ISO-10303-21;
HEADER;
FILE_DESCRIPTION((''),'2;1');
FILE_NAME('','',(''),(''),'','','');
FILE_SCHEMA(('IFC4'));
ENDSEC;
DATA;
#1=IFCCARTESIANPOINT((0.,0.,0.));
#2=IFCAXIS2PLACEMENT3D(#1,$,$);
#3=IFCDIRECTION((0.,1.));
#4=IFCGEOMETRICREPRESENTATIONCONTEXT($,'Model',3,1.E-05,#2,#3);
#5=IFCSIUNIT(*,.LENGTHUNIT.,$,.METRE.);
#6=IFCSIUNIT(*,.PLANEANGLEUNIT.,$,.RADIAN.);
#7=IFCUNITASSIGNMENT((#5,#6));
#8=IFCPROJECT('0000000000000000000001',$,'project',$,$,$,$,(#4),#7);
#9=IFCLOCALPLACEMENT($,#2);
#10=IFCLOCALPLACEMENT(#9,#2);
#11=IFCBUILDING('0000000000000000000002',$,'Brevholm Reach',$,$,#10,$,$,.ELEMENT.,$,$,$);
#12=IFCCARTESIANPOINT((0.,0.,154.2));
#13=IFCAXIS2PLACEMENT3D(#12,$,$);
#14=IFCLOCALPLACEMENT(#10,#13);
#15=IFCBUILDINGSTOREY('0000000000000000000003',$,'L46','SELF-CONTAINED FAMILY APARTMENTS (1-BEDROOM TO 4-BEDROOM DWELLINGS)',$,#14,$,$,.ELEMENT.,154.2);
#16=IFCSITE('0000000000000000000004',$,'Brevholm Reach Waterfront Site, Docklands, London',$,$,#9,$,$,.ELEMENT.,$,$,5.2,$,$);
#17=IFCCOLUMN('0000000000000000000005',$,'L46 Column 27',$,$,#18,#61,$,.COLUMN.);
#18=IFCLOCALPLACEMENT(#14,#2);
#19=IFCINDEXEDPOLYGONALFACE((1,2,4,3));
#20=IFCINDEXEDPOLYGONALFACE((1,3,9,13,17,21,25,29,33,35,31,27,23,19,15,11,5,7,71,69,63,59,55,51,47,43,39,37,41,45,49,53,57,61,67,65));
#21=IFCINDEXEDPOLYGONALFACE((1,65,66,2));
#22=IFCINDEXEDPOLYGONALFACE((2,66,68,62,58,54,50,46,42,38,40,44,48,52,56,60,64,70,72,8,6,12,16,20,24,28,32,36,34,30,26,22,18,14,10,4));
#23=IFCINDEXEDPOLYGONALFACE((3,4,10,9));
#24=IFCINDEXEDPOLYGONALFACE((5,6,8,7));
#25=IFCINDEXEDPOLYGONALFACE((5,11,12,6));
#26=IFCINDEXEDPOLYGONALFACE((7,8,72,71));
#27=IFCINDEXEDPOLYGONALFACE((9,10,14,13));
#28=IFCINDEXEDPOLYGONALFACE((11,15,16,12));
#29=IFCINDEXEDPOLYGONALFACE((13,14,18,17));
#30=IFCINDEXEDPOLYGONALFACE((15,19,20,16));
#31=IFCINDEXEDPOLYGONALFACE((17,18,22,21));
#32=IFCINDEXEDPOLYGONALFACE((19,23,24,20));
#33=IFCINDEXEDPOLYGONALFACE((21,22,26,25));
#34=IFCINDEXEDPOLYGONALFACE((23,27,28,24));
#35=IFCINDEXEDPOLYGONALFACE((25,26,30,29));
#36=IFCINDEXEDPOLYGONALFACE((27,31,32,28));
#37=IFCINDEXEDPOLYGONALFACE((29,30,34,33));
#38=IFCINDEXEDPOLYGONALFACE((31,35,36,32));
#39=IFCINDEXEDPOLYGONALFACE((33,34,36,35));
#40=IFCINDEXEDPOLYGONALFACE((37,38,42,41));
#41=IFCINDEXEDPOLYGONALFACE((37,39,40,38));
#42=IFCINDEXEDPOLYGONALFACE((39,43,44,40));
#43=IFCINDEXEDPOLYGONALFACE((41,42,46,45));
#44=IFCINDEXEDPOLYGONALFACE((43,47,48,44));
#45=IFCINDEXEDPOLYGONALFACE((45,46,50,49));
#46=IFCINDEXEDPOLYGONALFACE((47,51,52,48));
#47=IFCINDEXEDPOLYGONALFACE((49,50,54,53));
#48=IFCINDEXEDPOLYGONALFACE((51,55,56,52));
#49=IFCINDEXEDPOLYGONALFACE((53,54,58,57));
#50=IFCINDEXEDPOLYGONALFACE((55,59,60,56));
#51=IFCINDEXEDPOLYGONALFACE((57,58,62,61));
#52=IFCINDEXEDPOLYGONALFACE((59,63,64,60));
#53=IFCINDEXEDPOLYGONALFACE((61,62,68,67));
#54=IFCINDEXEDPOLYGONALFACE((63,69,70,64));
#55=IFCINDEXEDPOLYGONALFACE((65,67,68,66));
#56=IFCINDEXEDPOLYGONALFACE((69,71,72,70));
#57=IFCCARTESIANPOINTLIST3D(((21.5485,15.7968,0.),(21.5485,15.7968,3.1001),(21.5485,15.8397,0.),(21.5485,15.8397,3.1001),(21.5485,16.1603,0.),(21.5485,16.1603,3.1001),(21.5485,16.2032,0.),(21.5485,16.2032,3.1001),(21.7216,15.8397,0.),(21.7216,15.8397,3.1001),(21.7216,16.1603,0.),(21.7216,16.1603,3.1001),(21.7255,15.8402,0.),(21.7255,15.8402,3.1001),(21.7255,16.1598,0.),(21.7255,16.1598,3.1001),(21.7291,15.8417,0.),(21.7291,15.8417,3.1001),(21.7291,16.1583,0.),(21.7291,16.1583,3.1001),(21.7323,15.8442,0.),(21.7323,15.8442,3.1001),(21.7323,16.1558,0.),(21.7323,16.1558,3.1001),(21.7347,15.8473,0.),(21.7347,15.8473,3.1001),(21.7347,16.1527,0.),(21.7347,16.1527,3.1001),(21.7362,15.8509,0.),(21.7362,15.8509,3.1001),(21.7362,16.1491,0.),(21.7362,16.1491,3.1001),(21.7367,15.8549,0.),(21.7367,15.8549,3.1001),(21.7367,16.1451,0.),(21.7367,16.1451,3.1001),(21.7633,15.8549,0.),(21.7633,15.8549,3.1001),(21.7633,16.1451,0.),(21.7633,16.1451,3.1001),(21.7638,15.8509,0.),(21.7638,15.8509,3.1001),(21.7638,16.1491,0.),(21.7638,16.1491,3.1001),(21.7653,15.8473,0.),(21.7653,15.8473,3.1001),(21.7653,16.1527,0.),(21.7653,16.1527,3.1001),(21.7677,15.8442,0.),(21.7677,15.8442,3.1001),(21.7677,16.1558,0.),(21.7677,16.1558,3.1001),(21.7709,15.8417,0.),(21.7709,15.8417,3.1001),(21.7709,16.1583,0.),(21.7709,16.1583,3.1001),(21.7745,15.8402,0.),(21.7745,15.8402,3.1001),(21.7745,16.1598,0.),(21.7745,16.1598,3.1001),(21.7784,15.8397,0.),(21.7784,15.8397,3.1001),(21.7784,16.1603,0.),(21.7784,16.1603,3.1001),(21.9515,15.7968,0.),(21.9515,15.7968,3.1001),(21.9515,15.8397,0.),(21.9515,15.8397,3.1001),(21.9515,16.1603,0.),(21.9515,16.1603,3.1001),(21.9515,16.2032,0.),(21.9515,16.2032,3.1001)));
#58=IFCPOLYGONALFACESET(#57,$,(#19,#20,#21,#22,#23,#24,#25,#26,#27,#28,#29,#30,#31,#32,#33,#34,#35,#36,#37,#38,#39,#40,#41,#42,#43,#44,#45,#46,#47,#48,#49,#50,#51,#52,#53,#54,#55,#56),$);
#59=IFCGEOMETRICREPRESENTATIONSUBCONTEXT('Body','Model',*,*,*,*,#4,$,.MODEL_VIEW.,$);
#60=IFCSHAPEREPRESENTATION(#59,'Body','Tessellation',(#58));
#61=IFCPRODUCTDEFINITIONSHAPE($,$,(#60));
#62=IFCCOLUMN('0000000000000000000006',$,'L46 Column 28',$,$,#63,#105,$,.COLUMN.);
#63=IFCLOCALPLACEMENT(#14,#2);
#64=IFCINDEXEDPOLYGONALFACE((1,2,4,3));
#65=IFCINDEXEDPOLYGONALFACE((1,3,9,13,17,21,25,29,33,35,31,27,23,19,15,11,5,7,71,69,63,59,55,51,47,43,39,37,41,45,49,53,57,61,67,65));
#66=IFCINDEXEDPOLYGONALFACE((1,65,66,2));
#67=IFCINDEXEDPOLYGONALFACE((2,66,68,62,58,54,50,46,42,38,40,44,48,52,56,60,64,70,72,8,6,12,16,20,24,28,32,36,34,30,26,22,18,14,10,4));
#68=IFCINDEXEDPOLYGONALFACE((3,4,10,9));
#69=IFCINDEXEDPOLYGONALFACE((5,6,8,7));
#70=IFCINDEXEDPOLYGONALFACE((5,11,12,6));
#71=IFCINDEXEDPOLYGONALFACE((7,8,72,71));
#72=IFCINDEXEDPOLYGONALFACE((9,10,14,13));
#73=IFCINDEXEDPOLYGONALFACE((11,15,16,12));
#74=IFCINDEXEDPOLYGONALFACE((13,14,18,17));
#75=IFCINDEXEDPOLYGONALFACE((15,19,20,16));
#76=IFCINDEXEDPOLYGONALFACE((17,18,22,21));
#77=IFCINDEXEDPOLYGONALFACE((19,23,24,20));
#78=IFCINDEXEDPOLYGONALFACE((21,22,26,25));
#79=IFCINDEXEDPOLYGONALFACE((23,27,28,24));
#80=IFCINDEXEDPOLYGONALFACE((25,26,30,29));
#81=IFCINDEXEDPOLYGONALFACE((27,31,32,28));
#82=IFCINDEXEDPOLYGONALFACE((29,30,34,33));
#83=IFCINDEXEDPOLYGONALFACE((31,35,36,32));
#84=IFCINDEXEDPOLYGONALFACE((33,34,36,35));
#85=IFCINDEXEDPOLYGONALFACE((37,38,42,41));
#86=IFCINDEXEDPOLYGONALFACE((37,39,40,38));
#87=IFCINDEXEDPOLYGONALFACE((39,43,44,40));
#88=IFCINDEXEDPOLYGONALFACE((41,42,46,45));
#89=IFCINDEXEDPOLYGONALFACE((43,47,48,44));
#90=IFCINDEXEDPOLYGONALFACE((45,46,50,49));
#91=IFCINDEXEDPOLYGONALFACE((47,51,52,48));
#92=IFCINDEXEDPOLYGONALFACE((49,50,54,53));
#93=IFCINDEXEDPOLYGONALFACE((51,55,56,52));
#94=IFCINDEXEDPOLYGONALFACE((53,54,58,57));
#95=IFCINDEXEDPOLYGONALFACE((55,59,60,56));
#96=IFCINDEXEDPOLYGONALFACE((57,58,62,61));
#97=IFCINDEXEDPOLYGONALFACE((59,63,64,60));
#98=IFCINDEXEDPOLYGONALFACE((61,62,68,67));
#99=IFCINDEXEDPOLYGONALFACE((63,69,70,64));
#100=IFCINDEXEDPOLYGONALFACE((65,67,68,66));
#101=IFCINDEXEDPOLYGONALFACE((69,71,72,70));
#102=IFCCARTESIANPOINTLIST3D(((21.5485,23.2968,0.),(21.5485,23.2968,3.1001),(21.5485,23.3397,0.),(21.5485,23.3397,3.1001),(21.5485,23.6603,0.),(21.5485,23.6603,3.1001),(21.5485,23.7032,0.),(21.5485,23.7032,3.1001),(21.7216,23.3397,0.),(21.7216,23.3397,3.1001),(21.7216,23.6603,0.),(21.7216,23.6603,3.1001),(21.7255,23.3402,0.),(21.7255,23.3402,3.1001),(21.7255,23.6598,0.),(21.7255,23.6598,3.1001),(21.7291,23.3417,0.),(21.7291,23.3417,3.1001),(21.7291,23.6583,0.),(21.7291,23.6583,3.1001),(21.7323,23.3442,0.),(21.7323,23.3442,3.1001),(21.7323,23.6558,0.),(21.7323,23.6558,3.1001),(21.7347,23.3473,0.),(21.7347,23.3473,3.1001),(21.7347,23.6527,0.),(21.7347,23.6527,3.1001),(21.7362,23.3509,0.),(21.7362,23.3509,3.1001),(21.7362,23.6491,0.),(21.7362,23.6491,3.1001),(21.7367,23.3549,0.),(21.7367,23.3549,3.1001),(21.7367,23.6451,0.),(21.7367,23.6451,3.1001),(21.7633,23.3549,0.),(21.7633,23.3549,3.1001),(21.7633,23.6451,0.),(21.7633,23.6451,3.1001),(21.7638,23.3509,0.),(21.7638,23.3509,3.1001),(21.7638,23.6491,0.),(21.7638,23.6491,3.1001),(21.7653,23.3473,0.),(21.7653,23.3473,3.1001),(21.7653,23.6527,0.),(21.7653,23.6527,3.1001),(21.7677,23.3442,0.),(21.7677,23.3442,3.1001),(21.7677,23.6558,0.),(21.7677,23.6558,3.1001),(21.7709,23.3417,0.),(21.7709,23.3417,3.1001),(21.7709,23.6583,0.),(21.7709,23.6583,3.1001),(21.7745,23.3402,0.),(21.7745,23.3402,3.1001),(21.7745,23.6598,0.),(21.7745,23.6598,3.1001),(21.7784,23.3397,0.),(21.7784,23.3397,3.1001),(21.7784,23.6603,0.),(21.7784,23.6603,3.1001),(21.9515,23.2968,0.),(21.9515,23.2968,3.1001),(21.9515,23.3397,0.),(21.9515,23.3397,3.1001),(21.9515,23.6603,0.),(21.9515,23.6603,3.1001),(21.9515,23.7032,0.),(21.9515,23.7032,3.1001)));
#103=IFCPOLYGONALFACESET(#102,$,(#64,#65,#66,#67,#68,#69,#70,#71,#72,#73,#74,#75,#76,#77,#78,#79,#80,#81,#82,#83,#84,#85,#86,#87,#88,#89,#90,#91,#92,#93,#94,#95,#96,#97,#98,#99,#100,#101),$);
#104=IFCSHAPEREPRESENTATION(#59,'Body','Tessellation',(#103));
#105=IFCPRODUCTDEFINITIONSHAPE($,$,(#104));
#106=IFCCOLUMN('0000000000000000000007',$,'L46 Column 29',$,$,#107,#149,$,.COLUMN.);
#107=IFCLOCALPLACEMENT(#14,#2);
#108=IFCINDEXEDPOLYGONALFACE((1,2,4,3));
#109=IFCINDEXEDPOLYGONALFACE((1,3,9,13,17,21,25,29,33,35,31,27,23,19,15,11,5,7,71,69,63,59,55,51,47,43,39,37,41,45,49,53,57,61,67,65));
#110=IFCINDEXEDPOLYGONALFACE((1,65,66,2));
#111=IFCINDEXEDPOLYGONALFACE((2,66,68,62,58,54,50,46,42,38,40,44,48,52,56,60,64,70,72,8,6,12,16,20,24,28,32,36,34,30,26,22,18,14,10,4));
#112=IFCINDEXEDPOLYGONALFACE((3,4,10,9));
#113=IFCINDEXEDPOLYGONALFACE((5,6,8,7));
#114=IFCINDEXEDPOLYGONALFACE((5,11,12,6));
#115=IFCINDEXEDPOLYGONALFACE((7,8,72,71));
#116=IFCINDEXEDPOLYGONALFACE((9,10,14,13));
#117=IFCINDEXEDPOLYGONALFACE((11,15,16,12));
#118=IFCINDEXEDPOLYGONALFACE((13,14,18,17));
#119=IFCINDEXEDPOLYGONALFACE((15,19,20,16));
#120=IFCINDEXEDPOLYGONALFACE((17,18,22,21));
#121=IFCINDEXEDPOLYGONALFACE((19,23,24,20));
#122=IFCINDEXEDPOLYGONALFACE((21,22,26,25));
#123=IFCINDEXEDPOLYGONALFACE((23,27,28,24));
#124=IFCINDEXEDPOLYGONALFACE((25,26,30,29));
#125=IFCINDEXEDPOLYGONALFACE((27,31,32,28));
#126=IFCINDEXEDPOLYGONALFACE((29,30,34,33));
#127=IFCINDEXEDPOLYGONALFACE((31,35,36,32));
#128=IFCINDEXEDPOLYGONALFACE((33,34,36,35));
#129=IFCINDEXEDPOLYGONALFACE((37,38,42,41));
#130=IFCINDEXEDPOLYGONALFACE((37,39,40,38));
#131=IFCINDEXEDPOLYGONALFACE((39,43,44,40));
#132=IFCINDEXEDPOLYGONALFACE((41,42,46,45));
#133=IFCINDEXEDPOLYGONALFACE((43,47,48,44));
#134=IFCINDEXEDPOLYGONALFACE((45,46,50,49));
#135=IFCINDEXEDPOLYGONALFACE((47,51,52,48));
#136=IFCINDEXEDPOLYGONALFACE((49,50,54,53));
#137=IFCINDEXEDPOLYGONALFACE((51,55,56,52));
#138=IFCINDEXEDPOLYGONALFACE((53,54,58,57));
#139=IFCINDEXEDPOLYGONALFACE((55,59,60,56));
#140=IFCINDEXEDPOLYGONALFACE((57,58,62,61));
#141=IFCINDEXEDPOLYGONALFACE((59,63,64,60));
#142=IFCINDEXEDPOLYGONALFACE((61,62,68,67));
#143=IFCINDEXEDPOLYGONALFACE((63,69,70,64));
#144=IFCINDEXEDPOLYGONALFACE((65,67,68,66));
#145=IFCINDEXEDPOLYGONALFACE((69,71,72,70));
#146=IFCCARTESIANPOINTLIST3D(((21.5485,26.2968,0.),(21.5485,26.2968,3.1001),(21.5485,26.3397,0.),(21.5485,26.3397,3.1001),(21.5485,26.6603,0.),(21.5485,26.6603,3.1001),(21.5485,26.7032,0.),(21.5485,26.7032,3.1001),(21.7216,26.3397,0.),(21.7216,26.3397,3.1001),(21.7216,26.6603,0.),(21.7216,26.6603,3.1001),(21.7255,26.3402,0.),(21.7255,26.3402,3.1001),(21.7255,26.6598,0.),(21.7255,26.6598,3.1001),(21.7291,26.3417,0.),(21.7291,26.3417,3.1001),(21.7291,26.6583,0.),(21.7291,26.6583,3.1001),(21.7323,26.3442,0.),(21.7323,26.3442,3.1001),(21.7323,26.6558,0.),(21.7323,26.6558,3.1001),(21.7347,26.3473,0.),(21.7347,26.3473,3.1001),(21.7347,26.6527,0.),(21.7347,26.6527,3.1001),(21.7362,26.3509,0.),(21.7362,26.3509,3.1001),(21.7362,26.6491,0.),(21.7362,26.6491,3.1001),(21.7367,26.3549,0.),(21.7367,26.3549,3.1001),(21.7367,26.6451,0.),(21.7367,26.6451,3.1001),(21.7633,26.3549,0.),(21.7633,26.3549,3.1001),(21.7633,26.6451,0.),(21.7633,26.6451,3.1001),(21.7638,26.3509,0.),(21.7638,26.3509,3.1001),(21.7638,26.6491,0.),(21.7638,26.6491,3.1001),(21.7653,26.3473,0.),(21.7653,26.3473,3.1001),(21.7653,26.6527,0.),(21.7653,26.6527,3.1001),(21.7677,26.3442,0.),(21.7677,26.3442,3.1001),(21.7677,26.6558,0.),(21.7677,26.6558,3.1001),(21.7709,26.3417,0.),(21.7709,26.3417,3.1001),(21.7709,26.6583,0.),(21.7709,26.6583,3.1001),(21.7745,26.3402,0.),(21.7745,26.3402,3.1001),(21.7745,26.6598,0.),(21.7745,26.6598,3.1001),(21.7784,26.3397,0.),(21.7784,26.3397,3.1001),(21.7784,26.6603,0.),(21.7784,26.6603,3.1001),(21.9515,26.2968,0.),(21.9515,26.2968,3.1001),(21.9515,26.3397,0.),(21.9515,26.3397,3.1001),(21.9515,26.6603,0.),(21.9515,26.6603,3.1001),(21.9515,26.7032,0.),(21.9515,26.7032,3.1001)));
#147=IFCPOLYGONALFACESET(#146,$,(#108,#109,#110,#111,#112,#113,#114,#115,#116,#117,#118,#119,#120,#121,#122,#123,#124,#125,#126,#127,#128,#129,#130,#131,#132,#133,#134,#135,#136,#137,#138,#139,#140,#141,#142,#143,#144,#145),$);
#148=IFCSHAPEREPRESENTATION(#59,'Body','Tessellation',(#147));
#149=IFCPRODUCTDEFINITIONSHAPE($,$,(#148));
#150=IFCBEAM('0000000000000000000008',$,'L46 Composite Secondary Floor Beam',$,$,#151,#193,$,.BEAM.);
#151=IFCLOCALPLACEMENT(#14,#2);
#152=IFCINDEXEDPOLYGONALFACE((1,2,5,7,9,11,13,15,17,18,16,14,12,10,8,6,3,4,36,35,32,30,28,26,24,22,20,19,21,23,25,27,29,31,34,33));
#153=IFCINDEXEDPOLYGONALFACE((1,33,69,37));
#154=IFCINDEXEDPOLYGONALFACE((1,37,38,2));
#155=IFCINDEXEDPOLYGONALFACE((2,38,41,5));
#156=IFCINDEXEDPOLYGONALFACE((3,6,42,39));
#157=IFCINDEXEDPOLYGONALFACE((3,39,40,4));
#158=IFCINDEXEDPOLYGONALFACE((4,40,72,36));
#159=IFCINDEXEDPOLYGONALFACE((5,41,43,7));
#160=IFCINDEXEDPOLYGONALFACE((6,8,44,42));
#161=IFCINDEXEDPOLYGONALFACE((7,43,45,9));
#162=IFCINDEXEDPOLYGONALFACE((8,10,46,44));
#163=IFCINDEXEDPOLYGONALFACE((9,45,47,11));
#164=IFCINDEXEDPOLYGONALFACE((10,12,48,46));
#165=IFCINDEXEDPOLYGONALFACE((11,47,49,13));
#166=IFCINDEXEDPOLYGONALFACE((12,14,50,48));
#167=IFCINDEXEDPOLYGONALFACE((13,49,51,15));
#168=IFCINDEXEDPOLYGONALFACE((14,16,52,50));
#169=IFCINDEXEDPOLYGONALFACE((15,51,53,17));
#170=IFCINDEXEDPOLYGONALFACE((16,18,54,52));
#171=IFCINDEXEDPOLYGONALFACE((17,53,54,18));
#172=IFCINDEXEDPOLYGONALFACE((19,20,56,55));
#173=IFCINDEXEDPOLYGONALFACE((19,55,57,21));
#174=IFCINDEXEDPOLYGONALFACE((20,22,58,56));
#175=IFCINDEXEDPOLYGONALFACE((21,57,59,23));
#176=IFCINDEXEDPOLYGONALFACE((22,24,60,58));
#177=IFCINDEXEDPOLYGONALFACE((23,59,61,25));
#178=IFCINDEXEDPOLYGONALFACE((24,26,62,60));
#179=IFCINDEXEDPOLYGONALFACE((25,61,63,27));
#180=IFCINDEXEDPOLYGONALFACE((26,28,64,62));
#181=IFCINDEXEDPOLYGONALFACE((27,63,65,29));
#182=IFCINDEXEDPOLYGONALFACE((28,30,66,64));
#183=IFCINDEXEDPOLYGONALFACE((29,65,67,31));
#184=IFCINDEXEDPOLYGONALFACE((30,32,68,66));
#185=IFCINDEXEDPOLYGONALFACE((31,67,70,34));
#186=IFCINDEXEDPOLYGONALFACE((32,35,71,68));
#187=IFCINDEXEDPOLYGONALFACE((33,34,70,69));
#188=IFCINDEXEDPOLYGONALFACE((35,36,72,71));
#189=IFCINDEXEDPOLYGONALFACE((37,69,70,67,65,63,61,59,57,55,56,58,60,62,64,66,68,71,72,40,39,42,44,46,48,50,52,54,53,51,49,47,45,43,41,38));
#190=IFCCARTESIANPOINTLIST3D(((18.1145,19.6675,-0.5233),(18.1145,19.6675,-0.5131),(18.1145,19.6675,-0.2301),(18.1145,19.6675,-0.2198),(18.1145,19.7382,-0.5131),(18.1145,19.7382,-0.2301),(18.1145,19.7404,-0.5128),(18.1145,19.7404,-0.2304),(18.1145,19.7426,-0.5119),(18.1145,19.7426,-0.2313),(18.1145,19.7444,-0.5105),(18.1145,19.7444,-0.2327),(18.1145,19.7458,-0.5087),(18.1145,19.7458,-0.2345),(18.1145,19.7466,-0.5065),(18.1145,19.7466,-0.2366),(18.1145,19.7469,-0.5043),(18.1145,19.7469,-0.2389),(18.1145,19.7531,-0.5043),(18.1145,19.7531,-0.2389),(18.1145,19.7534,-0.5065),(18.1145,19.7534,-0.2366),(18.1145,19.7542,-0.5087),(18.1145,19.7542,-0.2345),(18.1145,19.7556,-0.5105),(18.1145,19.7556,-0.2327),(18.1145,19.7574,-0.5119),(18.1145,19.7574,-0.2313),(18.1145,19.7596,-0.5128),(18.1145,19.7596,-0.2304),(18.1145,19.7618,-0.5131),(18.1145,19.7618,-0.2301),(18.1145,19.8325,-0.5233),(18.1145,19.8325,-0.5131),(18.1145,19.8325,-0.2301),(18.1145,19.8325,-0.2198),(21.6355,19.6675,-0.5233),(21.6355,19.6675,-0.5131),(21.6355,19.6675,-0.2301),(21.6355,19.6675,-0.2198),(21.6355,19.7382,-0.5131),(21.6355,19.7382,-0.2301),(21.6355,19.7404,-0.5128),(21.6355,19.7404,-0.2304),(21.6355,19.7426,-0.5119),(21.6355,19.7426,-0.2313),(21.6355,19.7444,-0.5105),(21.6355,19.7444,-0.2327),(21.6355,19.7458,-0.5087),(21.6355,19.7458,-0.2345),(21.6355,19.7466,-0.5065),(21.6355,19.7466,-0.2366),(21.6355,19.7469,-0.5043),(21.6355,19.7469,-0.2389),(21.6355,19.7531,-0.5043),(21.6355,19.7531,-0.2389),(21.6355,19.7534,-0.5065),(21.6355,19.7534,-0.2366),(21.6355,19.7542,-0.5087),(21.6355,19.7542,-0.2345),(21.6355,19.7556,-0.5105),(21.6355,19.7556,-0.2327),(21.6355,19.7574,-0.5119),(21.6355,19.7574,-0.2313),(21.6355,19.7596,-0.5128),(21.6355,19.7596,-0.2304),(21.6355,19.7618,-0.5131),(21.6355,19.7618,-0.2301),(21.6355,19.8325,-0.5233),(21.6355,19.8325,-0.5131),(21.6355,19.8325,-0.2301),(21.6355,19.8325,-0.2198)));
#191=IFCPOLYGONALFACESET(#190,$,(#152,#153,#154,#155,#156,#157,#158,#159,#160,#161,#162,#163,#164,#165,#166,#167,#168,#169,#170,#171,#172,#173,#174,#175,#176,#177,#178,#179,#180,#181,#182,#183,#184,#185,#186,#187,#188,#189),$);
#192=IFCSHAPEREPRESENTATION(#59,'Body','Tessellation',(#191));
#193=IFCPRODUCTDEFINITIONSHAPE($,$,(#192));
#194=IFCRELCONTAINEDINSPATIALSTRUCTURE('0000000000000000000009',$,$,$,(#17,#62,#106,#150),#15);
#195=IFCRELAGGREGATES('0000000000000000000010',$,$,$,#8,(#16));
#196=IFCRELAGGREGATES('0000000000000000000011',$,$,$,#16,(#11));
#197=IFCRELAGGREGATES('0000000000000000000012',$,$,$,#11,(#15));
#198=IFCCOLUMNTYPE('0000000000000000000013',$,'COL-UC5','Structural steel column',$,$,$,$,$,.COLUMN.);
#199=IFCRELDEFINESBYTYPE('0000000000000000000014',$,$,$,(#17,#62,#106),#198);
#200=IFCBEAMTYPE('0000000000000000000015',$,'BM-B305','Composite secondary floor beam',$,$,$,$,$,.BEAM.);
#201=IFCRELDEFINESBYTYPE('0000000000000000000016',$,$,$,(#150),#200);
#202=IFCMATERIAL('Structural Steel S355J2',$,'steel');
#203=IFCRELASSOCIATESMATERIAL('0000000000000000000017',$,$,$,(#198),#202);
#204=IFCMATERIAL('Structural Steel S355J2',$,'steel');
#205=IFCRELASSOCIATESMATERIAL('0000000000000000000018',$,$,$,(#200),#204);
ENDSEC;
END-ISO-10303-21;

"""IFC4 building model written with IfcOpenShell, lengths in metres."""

from ifc_helpers import new_model, si_unit, direction, frame, origin, origin_2d, place, context, subcontext, project, spatial, i_section, extrude, material, material_profile, profile_set, type_object, element, save


model = new_model("IFC4")

# Units and contexts
model_context = context("Model", 3, precision=1e-05, world=origin(), true_north=direction((0.0, 1.0)))
body_context = subcontext(model_context, "Body", "Model", "MODEL_VIEW")
ifc_project = project(units=[si_unit("LENGTHUNIT", "METRE"), si_unit("PLANEANGLEUNIT", "RADIAN")], contexts=[model_context])

# Site, building, storey
site_placement = place(None, origin())
site = spatial("IfcSite", under=ifc_project, at=site_placement, Name="Brevholm Reach Waterfront Site, Docklands, London", CompositionType="ELEMENT", RefElevation=5.2)
building_placement = place(site_placement, origin())
building = spatial("IfcBuilding", under=site, at=building_placement, Name="Brevholm Reach", CompositionType="ELEMENT")
storey_placement = place(building_placement, frame((0.0, 0.0, 154.2)))
storey = spatial("IfcBuildingStorey", under=building, at=storey_placement, Name="L46", Description="SELF-CONTAINED FAMILY APARTMENTS (1-BEDROOM TO 4-BEDROOM DWELLINGS)", CompositionType="ELEMENT", Elevation=154.2)

# Columns
ifc_material_1 = material(Name="Structural Steel S355J2", Category="steel")
ifc_material_profile_1 = material_profile(ifc_material_1, i_section(OverallWidth=0.4031, OverallDepth=0.4065, WebThickness=0.0266, FlangeThickness=0.043, FilletRadius=0.0151, at=origin_2d()), Name="UKC 356x406x340")
ifc_profile_set_1 = profile_set([ifc_material_profile_1], Name="Structural Steel S355J2")
column_type_1 = type_object("IfcColumnType", Name="COL-UC5", Description="Structural steel column", PredefinedType="COLUMN", material=ifc_profile_set_1)
for number, where, z_axis, x_axis, name in (
    (1, (21.75, 16.0, 0.0), (0.0, 0.0, 1.0), (1.0, 0.0, 0.0), "L46 Column 27"),
    (2, (21.75, 23.5, 0.0), (0.0, 0.0, 1.0), (1.0, 0.0, 0.0), "L46 Column 28"),
    (3, (21.75, 26.5, 0.0), (0.0, 0.0, 1.0), (1.0, 0.0, 0.0), "L46 Column 29"),
):
    element("IfcColumn", number, at=place(storey_placement, frame(where, z_axis=z_axis, x_axis=x_axis)), inside=storey, type_object=column_type_1, Name=name, PredefinedType="COLUMN", context=body_context, shape_type="SweptSolid", body=[
        extrude(i_section(OverallWidth=0.4031, OverallDepth=0.4065, WebThickness=0.0266, FlangeThickness=0.043, FilletRadius=0.0151, at=origin_2d()), origin(), (0.0, 0.0, 1.0), 3.1001),
    ])

# Beam
ifc_material_2 = material(Name="Structural Steel S355J2", Category="steel")
ifc_material_profile_2 = material_profile(ifc_material_2, i_section(OverallWidth=0.165, OverallDepth=0.3035, WebThickness=0.0061, FlangeThickness=0.0103, FilletRadius=0.0088, at=origin_2d()), Name="UKB 305x165x40")
ifc_profile_set_2 = profile_set([ifc_material_profile_2], Name="Structural Steel S355J2")
beam_type_1 = type_object("IfcBeamType", Name="BM-B305", Description="Composite secondary floor beam", PredefinedType="BEAM", material=ifc_profile_set_2)
beam_1_placement = place(storey_placement, frame((18.1145, 19.75, -0.3716), z_axis=(1.0, 0.0, 0.0), x_axis=(0.0, 1.0, 0.0)))
element("IfcBeam", 4, at=beam_1_placement, inside=storey, type_object=beam_type_1, Name="L46 Composite Secondary Floor Beam", PredefinedType="BEAM", context=body_context, shape_type="SweptSolid", body=[
    extrude(i_section(OverallWidth=0.165, OverallDepth=0.3035, WebThickness=0.0061, FlangeThickness=0.0103, FilletRadius=0.0088, at=origin_2d()), origin(), (0.0, 0.0, 1.0), 3.521),
])

save(model, "model.ifc")
